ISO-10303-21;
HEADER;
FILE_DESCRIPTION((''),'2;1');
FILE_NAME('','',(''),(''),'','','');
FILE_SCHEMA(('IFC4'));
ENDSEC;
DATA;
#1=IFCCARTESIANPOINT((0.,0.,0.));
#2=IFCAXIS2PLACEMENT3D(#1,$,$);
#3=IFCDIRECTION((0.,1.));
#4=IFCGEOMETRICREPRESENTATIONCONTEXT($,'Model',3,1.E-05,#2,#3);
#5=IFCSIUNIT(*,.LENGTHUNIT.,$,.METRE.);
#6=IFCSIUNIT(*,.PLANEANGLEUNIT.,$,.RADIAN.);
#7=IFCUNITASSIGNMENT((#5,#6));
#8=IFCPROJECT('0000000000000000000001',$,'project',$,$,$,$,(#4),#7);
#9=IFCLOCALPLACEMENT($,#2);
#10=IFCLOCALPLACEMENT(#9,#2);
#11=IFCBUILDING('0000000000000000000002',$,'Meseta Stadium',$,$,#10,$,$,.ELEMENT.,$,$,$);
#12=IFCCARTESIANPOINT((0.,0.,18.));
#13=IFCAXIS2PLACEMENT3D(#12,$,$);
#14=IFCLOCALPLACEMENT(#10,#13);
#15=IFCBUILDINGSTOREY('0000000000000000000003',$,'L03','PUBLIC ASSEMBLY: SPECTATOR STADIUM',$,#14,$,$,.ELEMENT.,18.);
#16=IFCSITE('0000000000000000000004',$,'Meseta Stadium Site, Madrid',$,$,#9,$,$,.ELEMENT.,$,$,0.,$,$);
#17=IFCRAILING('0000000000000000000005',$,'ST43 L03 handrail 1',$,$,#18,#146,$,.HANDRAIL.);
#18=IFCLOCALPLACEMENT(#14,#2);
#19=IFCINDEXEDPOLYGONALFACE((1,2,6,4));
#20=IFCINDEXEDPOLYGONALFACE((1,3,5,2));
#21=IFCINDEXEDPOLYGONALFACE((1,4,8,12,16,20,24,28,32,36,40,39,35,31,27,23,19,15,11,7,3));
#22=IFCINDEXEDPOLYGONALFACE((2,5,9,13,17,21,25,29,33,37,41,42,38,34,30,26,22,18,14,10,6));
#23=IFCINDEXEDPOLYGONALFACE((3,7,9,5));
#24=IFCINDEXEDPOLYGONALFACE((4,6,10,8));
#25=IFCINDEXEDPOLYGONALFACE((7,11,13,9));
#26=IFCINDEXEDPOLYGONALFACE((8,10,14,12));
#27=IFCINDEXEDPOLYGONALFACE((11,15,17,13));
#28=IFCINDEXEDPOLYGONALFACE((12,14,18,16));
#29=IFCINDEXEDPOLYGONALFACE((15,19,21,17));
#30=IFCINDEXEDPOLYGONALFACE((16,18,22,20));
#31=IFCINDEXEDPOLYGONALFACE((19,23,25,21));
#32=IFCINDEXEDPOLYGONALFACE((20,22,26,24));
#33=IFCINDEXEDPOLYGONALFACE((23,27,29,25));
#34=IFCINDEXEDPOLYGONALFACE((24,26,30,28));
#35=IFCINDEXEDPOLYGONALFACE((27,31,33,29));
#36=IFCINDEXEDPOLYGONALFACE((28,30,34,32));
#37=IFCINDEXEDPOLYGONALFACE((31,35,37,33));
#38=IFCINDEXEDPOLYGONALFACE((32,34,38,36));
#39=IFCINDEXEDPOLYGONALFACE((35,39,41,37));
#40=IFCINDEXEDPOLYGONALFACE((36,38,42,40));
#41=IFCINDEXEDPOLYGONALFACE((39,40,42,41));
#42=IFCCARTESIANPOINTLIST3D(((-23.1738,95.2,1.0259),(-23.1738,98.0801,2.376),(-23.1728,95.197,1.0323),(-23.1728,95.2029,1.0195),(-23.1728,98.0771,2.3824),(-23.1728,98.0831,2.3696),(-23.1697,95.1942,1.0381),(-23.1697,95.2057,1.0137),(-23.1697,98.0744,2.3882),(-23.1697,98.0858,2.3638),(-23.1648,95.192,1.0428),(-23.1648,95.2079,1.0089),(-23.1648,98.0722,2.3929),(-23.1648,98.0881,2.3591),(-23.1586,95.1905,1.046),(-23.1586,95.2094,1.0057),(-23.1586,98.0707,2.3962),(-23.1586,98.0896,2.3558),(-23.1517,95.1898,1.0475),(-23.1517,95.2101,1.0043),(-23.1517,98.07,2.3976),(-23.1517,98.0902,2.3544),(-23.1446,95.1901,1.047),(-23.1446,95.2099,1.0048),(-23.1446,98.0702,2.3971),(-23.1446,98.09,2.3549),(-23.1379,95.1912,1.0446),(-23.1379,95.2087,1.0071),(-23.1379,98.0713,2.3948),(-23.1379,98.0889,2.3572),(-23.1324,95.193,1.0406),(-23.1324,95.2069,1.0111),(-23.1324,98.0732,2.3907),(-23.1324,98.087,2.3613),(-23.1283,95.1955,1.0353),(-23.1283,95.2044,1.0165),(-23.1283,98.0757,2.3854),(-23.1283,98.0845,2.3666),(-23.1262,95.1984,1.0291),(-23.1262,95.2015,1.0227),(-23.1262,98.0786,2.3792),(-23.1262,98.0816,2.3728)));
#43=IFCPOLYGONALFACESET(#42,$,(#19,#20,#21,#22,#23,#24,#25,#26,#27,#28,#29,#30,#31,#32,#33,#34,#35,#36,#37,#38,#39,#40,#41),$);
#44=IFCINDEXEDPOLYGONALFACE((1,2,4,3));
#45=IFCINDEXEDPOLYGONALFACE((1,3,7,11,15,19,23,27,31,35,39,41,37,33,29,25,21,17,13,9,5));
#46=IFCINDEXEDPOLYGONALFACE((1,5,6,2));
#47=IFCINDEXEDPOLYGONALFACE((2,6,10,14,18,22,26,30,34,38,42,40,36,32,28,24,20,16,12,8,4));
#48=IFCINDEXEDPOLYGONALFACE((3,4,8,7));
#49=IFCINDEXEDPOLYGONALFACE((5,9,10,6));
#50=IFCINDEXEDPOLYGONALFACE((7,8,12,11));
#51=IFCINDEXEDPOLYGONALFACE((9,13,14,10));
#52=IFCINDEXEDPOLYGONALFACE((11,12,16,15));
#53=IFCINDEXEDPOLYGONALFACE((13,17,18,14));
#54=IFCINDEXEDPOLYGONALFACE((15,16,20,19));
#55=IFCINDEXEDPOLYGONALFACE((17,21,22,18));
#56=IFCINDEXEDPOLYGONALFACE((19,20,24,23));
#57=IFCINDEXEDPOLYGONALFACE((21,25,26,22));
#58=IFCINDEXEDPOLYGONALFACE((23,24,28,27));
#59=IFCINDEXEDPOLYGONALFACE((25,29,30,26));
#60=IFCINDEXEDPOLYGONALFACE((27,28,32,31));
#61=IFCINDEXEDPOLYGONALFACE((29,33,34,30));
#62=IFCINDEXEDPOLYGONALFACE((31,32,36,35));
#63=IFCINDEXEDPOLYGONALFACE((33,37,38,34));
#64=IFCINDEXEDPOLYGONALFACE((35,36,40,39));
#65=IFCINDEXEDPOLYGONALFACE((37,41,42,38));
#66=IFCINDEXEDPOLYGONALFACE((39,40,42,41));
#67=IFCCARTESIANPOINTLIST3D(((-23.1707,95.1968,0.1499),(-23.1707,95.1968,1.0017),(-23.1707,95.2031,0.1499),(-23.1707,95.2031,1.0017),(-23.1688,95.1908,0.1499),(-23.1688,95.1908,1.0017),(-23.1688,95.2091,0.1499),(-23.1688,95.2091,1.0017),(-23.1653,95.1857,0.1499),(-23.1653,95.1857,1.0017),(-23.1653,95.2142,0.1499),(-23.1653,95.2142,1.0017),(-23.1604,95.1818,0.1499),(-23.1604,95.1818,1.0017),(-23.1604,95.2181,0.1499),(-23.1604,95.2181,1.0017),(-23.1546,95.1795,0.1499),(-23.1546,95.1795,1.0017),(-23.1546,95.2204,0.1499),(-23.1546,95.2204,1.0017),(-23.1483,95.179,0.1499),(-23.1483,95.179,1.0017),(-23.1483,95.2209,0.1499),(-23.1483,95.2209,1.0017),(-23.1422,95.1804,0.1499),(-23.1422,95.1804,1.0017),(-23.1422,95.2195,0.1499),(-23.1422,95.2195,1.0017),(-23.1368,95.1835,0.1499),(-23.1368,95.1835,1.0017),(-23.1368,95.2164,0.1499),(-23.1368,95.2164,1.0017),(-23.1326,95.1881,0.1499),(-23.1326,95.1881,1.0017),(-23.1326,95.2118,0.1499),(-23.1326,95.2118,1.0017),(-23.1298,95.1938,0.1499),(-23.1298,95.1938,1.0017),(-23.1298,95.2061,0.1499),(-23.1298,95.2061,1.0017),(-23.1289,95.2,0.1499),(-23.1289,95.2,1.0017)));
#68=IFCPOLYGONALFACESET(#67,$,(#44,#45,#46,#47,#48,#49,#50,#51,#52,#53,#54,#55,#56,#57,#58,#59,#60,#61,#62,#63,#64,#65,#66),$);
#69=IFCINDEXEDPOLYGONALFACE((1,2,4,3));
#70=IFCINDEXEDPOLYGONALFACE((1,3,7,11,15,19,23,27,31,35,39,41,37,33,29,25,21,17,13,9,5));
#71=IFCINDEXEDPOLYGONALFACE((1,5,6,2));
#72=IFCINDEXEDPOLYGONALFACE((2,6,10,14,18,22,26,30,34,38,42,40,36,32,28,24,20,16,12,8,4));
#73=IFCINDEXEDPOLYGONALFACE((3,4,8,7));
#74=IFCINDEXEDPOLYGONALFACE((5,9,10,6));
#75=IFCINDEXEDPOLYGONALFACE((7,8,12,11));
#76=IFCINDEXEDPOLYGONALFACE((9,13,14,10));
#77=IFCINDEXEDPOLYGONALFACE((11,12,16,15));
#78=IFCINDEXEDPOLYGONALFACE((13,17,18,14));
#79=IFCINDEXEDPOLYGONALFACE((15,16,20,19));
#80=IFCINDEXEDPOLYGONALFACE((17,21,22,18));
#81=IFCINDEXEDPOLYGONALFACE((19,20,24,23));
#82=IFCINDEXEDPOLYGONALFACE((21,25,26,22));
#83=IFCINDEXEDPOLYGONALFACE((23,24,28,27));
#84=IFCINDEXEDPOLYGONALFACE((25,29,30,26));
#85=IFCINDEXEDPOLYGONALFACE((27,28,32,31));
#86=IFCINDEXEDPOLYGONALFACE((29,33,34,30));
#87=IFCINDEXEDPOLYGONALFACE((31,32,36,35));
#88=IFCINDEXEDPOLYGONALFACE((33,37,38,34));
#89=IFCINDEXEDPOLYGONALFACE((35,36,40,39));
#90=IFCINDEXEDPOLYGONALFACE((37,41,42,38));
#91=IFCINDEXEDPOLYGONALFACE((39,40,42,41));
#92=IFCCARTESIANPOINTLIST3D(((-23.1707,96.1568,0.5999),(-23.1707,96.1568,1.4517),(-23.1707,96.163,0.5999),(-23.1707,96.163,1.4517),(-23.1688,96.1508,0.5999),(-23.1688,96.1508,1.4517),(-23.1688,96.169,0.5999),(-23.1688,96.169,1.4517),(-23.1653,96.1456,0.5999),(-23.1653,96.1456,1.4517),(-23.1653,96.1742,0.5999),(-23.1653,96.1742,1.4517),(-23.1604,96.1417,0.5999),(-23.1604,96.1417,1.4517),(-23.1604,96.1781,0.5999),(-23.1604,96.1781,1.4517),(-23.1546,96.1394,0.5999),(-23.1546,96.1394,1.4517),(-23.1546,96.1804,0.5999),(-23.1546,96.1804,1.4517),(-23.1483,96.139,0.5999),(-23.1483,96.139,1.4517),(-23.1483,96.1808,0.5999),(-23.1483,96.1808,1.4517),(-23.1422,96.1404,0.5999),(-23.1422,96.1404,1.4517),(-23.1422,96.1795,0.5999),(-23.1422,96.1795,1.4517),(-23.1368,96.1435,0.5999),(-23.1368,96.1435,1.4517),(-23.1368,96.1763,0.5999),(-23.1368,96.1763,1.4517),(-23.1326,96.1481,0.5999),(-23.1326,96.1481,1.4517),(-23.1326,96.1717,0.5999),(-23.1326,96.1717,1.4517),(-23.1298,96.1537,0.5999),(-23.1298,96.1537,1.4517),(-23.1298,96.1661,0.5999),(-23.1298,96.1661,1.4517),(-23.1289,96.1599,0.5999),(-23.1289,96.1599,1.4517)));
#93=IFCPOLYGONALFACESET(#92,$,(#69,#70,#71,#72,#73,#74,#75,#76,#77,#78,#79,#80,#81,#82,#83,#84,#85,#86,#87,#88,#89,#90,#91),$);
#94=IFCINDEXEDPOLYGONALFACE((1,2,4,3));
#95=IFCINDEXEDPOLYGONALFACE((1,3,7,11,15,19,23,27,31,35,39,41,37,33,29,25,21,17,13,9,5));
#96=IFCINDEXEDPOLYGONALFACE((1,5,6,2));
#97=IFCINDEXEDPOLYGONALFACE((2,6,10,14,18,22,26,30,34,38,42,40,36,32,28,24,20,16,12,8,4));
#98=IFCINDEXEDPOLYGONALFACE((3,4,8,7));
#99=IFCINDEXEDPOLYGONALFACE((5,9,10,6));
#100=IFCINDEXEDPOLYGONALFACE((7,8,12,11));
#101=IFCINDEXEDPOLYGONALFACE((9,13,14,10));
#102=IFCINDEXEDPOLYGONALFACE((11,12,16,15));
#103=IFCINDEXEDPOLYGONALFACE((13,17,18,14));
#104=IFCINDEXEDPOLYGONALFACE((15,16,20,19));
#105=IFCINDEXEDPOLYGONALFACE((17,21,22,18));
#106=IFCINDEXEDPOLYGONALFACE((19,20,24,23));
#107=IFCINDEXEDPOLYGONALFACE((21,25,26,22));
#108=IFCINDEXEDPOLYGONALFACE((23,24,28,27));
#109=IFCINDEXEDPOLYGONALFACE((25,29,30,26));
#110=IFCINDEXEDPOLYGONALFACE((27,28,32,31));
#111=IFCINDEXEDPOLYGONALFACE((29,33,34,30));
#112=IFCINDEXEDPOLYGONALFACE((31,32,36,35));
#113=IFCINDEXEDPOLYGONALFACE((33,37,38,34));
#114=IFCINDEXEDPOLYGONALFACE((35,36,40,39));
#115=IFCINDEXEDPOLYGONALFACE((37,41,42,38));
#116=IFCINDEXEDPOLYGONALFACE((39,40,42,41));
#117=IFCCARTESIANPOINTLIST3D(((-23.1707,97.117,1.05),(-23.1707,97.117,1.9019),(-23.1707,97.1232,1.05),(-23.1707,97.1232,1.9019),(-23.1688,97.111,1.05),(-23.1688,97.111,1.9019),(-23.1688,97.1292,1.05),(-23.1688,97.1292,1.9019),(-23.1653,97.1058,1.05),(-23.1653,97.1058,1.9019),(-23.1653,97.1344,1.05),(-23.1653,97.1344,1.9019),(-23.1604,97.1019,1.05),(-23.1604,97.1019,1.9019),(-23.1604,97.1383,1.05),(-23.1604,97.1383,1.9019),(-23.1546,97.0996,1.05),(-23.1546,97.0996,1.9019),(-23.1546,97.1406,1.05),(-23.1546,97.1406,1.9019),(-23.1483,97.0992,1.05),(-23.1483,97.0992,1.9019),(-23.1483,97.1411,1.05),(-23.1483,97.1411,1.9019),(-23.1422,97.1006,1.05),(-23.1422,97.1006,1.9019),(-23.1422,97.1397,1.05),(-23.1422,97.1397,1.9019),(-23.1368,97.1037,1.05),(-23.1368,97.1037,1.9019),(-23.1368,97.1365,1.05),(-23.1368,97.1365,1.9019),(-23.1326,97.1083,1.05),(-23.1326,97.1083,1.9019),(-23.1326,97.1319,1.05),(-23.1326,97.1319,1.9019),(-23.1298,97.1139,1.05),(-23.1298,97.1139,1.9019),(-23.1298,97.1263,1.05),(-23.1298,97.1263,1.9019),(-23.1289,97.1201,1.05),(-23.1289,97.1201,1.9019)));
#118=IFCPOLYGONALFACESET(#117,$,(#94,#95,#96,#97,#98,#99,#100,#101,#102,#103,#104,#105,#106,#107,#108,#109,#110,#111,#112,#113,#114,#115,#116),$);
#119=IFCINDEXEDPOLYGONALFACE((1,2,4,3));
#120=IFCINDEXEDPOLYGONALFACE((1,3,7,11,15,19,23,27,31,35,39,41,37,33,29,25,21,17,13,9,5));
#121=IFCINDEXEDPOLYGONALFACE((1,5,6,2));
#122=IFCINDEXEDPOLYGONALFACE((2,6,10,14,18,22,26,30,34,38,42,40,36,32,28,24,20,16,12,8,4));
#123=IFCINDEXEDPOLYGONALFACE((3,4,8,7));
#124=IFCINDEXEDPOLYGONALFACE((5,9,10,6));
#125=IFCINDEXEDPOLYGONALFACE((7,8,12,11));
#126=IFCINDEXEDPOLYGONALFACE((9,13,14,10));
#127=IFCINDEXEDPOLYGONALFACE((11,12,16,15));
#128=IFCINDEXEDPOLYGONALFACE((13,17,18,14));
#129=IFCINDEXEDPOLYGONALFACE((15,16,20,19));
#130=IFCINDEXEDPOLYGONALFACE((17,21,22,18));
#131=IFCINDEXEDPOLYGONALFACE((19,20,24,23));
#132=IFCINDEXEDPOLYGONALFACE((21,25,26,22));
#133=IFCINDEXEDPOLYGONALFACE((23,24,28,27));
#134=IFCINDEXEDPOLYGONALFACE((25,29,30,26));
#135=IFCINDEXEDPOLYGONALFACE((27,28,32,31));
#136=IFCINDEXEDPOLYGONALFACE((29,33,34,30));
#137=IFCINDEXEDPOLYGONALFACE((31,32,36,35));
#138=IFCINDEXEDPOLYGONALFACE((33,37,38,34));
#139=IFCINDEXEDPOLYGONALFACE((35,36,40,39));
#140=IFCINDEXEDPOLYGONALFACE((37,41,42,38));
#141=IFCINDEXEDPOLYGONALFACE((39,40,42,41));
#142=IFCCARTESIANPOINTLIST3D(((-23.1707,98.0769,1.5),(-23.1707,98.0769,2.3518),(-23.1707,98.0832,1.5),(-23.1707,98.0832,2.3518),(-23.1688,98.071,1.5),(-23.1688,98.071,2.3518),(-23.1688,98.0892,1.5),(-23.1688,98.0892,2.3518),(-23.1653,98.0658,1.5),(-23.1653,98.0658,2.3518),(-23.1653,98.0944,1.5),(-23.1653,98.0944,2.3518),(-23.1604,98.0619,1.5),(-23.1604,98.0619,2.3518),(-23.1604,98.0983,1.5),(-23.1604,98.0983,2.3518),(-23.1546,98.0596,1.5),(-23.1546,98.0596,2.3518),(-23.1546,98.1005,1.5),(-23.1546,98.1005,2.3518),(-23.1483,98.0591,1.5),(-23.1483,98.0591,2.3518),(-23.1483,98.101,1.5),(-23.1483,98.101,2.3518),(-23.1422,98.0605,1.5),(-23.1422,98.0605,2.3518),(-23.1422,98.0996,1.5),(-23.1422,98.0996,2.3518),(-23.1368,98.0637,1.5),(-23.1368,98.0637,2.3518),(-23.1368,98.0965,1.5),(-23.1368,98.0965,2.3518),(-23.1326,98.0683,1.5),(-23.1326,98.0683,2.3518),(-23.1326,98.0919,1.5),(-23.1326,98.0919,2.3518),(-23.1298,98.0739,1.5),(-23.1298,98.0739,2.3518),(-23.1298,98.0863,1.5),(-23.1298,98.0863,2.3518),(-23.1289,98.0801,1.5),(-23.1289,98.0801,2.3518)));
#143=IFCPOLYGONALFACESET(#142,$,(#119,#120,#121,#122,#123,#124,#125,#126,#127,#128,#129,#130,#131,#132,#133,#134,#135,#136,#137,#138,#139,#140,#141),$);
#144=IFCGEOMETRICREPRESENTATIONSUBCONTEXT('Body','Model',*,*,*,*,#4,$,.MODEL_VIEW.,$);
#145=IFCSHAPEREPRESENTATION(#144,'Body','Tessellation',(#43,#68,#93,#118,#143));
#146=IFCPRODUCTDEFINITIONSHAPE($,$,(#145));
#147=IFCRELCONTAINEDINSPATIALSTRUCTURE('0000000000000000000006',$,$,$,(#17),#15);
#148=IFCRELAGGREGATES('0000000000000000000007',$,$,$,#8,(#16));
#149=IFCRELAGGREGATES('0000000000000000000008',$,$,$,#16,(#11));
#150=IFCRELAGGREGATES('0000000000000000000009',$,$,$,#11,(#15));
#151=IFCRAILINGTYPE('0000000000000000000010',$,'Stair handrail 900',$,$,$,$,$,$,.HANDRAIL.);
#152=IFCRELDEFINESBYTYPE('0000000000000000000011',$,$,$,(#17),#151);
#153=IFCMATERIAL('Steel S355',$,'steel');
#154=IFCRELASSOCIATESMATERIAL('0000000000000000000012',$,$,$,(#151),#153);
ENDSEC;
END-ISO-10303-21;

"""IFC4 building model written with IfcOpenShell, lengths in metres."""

from ifc_helpers import new_model, si_unit, direction, frame, origin, origin_2d, place, context, subcontext, project, spatial, circle, extrude, material, type_object, element, save


model = new_model("IFC4")

# Units and contexts
model_context = context("Model", 3, precision=1e-05, world=origin(), true_north=direction((0.0, 1.0)))
body_context = subcontext(model_context, "Body", "Model", "MODEL_VIEW")
ifc_project = project(units=[si_unit("LENGTHUNIT", "METRE"), si_unit("PLANEANGLEUNIT", "RADIAN")], contexts=[model_context])

# Site, building, storey
site_placement = place(None, origin())
site = spatial("IfcSite", under=ifc_project, at=site_placement, Name="Meseta Stadium Site, Madrid", CompositionType="ELEMENT", RefElevation=0.0)
building_placement = place(site_placement, origin())
building = spatial("IfcBuilding", under=site, at=building_placement, Name="Meseta Stadium", CompositionType="ELEMENT")
storey_placement = place(building_placement, frame((0.0, 0.0, 18.0)))
storey = spatial("IfcBuildingStorey", under=building, at=storey_placement, Name="L03", Description="PUBLIC ASSEMBLY: SPECTATOR STADIUM", CompositionType="ELEMENT", Elevation=18.0)

# Railing
ifc_material_1 = material(Name="Steel S355", Category="steel")
railing_type_1 = type_object("IfcRailingType", Name="Stair handrail 900", PredefinedType="HANDRAIL", material=ifc_material_1)
for number, where, name in (
    (1, (-23.1499, 95.2, 0.1499), "ST43 L03 handrail 1"),
):
    element("IfcRailing", number, at=place(storey_placement, frame(where)), inside=storey, type_object=railing_type_1, Name=name, PredefinedType="HANDRAIL", context=body_context, shape_type="SweptSolid", body=[
        extrude(circle(Radius=0.0239, at=origin_2d()), frame((0.0, 0.0, 0.876), z_axis=(0.0, 0.905454, 0.424444), x_axis=(-1.0, 0.0, 0.0)), (0.0, 0.0, 1.0), 3.1809),
        extrude(circle(Radius=0.021, at=origin_2d()), origin(), (0.0, 0.0, 1.0), 0.8518),
        extrude(circle(Radius=0.021, at=origin_2d()), frame((0.0, 0.96, 0.45)), (0.0, 0.0, 1.0), 0.8518),
        extrude(circle(Radius=0.021, at=origin_2d()), frame((0.0, 1.9202, 0.9001)), (0.0, 0.0, 1.0), 0.8518),
        extrude(circle(Radius=0.021, at=origin_2d()), frame((0.0, 2.8801, 1.3501)), (0.0, 0.0, 1.0), 0.8518),
    ])

save(model, "model.ifc")
